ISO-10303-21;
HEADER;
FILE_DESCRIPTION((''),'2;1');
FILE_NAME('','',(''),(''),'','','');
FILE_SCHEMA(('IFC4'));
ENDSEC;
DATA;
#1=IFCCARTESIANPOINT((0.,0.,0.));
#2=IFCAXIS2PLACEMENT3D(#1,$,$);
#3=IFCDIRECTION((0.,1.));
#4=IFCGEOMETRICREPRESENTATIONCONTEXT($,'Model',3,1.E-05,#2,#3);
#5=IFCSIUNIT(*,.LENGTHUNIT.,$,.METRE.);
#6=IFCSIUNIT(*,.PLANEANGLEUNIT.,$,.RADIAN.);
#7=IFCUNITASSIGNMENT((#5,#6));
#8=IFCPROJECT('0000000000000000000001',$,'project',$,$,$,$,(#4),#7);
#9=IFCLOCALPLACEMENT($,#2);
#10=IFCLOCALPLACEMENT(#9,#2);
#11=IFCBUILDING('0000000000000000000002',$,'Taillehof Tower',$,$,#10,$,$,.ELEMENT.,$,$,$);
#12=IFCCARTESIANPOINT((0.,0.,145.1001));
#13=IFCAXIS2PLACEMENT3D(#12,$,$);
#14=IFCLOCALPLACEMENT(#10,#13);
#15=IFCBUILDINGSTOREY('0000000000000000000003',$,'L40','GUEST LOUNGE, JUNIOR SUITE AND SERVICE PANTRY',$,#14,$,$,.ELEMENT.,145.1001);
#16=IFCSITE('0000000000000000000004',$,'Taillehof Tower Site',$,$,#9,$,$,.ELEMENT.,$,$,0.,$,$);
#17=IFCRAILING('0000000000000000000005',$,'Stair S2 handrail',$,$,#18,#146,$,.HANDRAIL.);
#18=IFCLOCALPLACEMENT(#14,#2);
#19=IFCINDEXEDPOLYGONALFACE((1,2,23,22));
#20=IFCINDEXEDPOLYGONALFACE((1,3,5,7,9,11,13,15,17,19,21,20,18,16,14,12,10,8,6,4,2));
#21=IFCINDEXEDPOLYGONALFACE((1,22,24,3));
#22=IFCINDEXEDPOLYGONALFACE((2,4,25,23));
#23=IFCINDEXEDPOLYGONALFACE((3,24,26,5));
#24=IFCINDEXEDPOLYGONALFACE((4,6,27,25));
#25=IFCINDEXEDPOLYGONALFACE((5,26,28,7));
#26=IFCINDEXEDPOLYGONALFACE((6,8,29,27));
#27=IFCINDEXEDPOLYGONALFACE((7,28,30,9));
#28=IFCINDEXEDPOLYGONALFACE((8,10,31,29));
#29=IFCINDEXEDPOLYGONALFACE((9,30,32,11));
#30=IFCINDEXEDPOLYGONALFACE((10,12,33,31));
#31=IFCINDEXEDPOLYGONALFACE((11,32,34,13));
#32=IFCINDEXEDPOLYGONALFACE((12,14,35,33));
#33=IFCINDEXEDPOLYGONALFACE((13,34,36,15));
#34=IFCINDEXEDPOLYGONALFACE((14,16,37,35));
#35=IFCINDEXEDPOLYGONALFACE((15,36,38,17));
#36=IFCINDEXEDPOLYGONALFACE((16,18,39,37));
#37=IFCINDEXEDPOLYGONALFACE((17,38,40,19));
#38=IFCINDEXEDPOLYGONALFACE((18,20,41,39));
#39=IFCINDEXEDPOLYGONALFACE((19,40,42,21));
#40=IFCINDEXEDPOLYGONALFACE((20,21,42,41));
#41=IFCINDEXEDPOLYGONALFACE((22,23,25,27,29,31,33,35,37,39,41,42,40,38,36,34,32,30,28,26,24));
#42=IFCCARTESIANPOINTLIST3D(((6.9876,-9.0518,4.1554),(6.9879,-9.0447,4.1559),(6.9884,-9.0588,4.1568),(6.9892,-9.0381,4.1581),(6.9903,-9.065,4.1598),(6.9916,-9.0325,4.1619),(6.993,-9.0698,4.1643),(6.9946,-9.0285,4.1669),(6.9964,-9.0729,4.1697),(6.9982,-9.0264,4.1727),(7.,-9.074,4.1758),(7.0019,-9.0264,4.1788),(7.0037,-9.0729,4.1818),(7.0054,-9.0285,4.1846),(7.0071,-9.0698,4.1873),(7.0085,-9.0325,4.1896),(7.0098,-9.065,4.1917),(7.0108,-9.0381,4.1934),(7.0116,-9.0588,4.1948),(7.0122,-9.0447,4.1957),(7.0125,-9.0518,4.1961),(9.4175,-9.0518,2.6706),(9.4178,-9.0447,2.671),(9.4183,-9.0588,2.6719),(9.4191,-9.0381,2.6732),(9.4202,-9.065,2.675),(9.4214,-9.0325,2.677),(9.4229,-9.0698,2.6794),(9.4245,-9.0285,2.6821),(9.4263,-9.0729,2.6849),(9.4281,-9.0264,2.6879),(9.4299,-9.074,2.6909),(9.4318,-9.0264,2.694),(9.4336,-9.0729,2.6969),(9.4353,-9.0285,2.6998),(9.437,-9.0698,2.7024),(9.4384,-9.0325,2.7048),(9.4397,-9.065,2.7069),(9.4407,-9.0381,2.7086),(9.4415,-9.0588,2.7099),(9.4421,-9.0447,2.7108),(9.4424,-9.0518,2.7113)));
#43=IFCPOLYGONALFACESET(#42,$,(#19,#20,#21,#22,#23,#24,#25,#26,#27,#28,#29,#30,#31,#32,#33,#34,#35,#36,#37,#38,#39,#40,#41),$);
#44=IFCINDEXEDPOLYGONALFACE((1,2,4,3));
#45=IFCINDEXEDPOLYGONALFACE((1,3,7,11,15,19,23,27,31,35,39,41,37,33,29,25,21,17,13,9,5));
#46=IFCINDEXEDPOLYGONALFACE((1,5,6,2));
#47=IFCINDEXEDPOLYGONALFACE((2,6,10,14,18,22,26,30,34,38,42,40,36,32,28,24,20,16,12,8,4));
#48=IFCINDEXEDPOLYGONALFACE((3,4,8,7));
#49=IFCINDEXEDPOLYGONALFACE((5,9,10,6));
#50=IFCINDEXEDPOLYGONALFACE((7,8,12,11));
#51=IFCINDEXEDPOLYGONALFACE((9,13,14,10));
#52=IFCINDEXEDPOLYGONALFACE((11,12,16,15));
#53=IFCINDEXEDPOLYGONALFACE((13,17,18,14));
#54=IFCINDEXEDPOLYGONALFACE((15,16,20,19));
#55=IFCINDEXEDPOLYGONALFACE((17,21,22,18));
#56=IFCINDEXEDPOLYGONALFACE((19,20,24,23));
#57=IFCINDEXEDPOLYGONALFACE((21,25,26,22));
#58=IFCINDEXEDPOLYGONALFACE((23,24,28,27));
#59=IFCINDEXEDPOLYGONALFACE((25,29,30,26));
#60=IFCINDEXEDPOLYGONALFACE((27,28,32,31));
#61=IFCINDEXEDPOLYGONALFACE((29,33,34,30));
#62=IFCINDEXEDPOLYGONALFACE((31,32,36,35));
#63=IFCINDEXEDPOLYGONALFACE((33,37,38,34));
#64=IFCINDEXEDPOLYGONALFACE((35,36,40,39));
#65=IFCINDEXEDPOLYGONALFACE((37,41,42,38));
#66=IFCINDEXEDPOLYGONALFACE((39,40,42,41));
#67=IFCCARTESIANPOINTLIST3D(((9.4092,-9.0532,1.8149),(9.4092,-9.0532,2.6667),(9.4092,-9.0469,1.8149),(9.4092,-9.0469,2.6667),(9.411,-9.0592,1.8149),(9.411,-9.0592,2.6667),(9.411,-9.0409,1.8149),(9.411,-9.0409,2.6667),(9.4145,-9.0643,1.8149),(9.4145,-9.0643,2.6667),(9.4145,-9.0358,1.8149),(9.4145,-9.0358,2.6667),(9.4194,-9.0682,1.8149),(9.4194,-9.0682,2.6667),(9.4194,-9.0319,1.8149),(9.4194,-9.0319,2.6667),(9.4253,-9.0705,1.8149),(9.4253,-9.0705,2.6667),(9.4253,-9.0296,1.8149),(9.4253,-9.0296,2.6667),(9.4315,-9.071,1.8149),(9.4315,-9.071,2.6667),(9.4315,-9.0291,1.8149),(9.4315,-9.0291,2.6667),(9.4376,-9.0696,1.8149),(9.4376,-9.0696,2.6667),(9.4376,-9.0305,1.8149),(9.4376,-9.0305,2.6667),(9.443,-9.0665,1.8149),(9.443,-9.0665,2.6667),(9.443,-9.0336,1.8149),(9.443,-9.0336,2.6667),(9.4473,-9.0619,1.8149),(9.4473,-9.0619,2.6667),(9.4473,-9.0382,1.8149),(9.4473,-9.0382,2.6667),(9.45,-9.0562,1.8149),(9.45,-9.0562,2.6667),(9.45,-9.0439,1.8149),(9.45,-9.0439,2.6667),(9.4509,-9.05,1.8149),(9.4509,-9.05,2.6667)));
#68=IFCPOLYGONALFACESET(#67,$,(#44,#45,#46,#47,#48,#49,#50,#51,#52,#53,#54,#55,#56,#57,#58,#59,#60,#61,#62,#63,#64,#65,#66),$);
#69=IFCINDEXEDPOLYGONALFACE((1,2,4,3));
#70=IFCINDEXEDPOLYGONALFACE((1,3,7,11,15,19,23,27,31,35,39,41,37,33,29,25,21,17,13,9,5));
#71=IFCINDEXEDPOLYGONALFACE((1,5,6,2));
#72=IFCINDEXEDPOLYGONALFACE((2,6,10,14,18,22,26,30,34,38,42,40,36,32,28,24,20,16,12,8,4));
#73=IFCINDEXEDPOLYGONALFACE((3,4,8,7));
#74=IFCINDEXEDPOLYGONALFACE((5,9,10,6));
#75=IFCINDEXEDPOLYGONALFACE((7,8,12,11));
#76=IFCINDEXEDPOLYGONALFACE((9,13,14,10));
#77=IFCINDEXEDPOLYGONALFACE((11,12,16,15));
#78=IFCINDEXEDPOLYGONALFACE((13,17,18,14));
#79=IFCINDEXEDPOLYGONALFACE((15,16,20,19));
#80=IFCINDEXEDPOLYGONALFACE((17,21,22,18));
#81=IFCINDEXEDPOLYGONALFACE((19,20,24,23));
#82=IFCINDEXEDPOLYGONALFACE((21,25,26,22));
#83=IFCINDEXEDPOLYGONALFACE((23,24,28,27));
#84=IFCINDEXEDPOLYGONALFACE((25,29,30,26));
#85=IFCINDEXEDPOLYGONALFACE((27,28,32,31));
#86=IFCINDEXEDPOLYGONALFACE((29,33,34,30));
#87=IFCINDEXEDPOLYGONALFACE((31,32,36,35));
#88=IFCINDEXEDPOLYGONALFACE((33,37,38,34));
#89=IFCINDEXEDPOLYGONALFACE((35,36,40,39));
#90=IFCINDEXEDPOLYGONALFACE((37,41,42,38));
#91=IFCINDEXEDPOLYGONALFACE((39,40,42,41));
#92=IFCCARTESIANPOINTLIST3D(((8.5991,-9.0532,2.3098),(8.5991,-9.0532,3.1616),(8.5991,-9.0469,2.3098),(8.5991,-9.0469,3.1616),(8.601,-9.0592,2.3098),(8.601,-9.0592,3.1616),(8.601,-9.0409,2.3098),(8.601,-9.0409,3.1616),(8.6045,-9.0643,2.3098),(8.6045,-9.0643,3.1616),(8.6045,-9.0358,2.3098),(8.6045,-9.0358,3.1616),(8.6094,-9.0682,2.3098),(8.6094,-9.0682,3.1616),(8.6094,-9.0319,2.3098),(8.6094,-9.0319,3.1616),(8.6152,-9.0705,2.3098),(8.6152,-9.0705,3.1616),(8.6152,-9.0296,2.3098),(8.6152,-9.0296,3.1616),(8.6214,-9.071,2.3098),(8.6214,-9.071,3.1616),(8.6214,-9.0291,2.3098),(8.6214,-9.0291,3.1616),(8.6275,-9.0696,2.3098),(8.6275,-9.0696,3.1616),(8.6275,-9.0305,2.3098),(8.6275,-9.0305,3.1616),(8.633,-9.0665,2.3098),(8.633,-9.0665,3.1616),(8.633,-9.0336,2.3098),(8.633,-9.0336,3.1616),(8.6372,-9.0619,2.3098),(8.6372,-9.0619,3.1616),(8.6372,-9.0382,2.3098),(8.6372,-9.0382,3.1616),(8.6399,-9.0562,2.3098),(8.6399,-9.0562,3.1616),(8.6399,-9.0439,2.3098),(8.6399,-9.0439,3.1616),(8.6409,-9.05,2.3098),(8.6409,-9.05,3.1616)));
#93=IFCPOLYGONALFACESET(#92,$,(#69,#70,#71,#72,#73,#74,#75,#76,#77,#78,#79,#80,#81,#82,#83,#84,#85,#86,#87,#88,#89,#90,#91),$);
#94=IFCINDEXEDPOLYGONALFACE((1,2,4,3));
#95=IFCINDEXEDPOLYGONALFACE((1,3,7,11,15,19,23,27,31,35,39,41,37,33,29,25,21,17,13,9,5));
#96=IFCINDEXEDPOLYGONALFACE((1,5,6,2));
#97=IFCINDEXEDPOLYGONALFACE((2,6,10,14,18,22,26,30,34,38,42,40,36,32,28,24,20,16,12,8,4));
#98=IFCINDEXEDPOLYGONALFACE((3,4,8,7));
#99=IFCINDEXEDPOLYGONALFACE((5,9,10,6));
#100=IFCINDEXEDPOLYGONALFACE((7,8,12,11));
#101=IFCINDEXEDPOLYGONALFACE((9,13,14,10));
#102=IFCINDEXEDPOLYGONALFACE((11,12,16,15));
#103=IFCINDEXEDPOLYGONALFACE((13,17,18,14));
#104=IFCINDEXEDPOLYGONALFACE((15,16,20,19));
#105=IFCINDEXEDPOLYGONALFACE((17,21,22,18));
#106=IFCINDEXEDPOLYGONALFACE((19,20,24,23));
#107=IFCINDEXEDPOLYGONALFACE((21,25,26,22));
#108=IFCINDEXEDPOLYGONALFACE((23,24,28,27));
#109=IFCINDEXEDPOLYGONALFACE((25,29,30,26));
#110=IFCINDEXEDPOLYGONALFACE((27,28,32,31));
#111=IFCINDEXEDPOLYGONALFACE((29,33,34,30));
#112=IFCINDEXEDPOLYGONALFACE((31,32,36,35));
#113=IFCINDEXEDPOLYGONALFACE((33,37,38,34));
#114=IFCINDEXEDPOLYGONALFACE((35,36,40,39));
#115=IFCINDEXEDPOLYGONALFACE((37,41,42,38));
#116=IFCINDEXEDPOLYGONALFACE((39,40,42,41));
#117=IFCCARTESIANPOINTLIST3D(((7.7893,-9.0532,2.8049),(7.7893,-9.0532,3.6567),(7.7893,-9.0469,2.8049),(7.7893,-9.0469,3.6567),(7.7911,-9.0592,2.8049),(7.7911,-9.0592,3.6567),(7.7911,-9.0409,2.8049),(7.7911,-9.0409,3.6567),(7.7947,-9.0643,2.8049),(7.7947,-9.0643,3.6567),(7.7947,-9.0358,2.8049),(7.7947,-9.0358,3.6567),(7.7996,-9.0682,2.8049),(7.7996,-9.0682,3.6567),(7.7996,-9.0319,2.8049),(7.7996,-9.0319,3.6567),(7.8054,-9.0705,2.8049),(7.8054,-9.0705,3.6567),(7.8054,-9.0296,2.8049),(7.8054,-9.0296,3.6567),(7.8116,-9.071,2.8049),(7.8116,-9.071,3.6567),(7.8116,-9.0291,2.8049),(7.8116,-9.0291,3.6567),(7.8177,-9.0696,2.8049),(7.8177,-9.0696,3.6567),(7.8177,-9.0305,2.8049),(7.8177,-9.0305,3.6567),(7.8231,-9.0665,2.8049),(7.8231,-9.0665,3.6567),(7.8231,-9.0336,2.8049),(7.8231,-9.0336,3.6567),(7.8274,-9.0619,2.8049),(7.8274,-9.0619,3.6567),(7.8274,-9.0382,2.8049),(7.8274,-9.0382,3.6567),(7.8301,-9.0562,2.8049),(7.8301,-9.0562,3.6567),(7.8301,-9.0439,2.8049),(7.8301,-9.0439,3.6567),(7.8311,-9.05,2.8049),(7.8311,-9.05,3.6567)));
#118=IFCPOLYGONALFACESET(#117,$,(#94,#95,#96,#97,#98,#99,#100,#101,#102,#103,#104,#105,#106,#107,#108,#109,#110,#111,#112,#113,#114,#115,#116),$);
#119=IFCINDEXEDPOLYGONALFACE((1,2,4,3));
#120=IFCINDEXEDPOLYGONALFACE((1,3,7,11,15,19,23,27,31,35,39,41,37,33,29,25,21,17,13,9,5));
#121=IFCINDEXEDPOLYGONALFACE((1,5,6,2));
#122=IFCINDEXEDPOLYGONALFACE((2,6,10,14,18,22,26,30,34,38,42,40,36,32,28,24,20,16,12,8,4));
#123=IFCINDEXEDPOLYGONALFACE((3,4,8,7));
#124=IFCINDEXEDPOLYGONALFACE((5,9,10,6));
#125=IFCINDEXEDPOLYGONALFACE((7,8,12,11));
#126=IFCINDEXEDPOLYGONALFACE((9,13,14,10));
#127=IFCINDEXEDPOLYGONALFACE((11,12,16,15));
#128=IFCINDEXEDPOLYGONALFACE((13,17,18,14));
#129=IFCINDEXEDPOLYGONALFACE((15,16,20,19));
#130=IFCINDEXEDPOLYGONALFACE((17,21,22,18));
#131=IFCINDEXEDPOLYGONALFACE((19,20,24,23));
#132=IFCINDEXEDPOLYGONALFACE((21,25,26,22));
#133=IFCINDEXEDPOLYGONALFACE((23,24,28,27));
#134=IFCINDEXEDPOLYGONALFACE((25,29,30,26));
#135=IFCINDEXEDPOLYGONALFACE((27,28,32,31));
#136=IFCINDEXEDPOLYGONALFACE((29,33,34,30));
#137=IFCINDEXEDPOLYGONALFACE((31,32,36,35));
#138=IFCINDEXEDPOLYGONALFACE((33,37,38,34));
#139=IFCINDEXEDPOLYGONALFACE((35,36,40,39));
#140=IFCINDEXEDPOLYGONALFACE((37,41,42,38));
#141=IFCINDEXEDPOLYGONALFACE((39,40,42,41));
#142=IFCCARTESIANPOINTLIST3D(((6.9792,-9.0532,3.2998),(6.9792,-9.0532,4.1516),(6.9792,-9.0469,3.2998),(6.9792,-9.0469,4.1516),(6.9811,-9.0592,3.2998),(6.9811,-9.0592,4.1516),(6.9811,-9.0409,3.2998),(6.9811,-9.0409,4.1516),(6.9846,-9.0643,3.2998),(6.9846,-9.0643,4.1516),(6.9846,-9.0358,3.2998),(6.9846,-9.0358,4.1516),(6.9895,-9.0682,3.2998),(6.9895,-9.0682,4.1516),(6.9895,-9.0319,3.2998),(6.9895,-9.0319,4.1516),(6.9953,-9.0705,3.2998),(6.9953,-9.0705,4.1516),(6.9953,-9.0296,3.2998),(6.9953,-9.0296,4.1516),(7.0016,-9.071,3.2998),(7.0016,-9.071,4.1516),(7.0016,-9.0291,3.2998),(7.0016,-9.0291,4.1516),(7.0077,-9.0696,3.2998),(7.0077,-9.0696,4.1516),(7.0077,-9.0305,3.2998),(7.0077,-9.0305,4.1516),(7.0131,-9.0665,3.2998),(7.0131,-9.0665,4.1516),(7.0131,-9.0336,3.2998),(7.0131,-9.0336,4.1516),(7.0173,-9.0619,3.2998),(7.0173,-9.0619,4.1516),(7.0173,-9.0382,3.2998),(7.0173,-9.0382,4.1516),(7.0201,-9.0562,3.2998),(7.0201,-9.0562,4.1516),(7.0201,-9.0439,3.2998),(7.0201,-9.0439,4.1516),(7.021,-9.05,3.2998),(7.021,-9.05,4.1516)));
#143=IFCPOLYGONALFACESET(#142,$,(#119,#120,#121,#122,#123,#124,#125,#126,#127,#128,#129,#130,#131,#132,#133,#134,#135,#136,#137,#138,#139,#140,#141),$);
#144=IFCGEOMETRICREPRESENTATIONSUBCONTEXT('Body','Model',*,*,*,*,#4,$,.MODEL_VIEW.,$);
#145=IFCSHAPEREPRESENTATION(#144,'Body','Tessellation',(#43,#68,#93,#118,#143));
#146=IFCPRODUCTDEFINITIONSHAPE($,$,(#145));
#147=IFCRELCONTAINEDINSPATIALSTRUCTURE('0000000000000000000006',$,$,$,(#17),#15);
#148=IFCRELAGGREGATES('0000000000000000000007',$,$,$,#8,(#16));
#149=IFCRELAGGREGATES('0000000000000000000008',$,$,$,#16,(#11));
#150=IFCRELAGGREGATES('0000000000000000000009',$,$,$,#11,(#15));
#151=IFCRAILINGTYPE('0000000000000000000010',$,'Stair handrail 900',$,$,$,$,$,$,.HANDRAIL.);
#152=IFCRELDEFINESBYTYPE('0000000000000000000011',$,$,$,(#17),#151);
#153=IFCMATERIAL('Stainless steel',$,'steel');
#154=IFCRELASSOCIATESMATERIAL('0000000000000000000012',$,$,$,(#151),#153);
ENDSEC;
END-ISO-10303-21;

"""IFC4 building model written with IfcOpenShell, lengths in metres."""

from ifc_helpers import new_model, si_unit, direction, frame, origin, origin_2d, place, context, subcontext, project, spatial, circle, extrude, material, type_object, element, save


model = new_model("IFC4")

# Units and contexts
model_context = context("Model", 3, precision=1e-05, world=origin(), true_north=direction((0.0, 1.0)))
body_context = subcontext(model_context, "Body", "Model", "MODEL_VIEW")
ifc_project = project(units=[si_unit("LENGTHUNIT", "METRE"), si_unit("PLANEANGLEUNIT", "RADIAN")], contexts=[model_context])

# Site, building, storey
site_placement = place(None, origin())
site = spatial("IfcSite", under=ifc_project, at=site_placement, Name="Taillehof Tower Site", CompositionType="ELEMENT", RefElevation=0.0)
building_placement = place(site_placement, origin())
building = spatial("IfcBuilding", under=site, at=building_placement, Name="Taillehof Tower", CompositionType="ELEMENT")
storey_placement = place(building_placement, frame((0.0, 0.0, 145.1001)))
storey = spatial("IfcBuildingStorey", under=building, at=storey_placement, Name="L40", Description="GUEST LOUNGE, JUNIOR SUITE AND SERVICE PANTRY", CompositionType="ELEMENT", Elevation=145.1001)

# Railing
ifc_material_1 = material(Name="Stainless steel", Category="steel")
railing_type = type_object("IfcRailingType", Name="Stair handrail 900", PredefinedType="HANDRAIL", material=ifc_material_1)
railing_placement = place(storey_placement, frame((9.4299, -9.05, 1.8149)))
element("IfcRailing", 1, at=railing_placement, inside=storey, type_object=railing_type, Name="Stair S2 handrail", PredefinedType="HANDRAIL", context=body_context, shape_type="SweptSolid", body=[
    extrude(circle(Radius=0.0239, at=origin_2d()), frame((0.0, 0.0, 0.876), z_axis=(-0.853297, 0.0, 0.521426), x_axis=(0.0, -1.0, 0.0)), (0.0, 0.0, 1.0), 2.8477),
    extrude(circle(Radius=0.021, at=origin_2d()), origin(), (0.0, 0.0, 1.0), 0.8518),
    extrude(circle(Radius=0.021, at=origin_2d()), frame((-0.8101, 0.0, 0.4949)), (0.0, 0.0, 1.0), 0.8518),
    extrude(circle(Radius=0.021, at=origin_2d()), frame((-1.6199, 0.0, 0.99)), (0.0, 0.0, 1.0), 0.8518),
    extrude(circle(Radius=0.021, at=origin_2d()), frame((-2.4299, 0.0, 1.4849)), (0.0, 0.0, 1.0), 0.8518),
])

save(model, "model.ifc")
